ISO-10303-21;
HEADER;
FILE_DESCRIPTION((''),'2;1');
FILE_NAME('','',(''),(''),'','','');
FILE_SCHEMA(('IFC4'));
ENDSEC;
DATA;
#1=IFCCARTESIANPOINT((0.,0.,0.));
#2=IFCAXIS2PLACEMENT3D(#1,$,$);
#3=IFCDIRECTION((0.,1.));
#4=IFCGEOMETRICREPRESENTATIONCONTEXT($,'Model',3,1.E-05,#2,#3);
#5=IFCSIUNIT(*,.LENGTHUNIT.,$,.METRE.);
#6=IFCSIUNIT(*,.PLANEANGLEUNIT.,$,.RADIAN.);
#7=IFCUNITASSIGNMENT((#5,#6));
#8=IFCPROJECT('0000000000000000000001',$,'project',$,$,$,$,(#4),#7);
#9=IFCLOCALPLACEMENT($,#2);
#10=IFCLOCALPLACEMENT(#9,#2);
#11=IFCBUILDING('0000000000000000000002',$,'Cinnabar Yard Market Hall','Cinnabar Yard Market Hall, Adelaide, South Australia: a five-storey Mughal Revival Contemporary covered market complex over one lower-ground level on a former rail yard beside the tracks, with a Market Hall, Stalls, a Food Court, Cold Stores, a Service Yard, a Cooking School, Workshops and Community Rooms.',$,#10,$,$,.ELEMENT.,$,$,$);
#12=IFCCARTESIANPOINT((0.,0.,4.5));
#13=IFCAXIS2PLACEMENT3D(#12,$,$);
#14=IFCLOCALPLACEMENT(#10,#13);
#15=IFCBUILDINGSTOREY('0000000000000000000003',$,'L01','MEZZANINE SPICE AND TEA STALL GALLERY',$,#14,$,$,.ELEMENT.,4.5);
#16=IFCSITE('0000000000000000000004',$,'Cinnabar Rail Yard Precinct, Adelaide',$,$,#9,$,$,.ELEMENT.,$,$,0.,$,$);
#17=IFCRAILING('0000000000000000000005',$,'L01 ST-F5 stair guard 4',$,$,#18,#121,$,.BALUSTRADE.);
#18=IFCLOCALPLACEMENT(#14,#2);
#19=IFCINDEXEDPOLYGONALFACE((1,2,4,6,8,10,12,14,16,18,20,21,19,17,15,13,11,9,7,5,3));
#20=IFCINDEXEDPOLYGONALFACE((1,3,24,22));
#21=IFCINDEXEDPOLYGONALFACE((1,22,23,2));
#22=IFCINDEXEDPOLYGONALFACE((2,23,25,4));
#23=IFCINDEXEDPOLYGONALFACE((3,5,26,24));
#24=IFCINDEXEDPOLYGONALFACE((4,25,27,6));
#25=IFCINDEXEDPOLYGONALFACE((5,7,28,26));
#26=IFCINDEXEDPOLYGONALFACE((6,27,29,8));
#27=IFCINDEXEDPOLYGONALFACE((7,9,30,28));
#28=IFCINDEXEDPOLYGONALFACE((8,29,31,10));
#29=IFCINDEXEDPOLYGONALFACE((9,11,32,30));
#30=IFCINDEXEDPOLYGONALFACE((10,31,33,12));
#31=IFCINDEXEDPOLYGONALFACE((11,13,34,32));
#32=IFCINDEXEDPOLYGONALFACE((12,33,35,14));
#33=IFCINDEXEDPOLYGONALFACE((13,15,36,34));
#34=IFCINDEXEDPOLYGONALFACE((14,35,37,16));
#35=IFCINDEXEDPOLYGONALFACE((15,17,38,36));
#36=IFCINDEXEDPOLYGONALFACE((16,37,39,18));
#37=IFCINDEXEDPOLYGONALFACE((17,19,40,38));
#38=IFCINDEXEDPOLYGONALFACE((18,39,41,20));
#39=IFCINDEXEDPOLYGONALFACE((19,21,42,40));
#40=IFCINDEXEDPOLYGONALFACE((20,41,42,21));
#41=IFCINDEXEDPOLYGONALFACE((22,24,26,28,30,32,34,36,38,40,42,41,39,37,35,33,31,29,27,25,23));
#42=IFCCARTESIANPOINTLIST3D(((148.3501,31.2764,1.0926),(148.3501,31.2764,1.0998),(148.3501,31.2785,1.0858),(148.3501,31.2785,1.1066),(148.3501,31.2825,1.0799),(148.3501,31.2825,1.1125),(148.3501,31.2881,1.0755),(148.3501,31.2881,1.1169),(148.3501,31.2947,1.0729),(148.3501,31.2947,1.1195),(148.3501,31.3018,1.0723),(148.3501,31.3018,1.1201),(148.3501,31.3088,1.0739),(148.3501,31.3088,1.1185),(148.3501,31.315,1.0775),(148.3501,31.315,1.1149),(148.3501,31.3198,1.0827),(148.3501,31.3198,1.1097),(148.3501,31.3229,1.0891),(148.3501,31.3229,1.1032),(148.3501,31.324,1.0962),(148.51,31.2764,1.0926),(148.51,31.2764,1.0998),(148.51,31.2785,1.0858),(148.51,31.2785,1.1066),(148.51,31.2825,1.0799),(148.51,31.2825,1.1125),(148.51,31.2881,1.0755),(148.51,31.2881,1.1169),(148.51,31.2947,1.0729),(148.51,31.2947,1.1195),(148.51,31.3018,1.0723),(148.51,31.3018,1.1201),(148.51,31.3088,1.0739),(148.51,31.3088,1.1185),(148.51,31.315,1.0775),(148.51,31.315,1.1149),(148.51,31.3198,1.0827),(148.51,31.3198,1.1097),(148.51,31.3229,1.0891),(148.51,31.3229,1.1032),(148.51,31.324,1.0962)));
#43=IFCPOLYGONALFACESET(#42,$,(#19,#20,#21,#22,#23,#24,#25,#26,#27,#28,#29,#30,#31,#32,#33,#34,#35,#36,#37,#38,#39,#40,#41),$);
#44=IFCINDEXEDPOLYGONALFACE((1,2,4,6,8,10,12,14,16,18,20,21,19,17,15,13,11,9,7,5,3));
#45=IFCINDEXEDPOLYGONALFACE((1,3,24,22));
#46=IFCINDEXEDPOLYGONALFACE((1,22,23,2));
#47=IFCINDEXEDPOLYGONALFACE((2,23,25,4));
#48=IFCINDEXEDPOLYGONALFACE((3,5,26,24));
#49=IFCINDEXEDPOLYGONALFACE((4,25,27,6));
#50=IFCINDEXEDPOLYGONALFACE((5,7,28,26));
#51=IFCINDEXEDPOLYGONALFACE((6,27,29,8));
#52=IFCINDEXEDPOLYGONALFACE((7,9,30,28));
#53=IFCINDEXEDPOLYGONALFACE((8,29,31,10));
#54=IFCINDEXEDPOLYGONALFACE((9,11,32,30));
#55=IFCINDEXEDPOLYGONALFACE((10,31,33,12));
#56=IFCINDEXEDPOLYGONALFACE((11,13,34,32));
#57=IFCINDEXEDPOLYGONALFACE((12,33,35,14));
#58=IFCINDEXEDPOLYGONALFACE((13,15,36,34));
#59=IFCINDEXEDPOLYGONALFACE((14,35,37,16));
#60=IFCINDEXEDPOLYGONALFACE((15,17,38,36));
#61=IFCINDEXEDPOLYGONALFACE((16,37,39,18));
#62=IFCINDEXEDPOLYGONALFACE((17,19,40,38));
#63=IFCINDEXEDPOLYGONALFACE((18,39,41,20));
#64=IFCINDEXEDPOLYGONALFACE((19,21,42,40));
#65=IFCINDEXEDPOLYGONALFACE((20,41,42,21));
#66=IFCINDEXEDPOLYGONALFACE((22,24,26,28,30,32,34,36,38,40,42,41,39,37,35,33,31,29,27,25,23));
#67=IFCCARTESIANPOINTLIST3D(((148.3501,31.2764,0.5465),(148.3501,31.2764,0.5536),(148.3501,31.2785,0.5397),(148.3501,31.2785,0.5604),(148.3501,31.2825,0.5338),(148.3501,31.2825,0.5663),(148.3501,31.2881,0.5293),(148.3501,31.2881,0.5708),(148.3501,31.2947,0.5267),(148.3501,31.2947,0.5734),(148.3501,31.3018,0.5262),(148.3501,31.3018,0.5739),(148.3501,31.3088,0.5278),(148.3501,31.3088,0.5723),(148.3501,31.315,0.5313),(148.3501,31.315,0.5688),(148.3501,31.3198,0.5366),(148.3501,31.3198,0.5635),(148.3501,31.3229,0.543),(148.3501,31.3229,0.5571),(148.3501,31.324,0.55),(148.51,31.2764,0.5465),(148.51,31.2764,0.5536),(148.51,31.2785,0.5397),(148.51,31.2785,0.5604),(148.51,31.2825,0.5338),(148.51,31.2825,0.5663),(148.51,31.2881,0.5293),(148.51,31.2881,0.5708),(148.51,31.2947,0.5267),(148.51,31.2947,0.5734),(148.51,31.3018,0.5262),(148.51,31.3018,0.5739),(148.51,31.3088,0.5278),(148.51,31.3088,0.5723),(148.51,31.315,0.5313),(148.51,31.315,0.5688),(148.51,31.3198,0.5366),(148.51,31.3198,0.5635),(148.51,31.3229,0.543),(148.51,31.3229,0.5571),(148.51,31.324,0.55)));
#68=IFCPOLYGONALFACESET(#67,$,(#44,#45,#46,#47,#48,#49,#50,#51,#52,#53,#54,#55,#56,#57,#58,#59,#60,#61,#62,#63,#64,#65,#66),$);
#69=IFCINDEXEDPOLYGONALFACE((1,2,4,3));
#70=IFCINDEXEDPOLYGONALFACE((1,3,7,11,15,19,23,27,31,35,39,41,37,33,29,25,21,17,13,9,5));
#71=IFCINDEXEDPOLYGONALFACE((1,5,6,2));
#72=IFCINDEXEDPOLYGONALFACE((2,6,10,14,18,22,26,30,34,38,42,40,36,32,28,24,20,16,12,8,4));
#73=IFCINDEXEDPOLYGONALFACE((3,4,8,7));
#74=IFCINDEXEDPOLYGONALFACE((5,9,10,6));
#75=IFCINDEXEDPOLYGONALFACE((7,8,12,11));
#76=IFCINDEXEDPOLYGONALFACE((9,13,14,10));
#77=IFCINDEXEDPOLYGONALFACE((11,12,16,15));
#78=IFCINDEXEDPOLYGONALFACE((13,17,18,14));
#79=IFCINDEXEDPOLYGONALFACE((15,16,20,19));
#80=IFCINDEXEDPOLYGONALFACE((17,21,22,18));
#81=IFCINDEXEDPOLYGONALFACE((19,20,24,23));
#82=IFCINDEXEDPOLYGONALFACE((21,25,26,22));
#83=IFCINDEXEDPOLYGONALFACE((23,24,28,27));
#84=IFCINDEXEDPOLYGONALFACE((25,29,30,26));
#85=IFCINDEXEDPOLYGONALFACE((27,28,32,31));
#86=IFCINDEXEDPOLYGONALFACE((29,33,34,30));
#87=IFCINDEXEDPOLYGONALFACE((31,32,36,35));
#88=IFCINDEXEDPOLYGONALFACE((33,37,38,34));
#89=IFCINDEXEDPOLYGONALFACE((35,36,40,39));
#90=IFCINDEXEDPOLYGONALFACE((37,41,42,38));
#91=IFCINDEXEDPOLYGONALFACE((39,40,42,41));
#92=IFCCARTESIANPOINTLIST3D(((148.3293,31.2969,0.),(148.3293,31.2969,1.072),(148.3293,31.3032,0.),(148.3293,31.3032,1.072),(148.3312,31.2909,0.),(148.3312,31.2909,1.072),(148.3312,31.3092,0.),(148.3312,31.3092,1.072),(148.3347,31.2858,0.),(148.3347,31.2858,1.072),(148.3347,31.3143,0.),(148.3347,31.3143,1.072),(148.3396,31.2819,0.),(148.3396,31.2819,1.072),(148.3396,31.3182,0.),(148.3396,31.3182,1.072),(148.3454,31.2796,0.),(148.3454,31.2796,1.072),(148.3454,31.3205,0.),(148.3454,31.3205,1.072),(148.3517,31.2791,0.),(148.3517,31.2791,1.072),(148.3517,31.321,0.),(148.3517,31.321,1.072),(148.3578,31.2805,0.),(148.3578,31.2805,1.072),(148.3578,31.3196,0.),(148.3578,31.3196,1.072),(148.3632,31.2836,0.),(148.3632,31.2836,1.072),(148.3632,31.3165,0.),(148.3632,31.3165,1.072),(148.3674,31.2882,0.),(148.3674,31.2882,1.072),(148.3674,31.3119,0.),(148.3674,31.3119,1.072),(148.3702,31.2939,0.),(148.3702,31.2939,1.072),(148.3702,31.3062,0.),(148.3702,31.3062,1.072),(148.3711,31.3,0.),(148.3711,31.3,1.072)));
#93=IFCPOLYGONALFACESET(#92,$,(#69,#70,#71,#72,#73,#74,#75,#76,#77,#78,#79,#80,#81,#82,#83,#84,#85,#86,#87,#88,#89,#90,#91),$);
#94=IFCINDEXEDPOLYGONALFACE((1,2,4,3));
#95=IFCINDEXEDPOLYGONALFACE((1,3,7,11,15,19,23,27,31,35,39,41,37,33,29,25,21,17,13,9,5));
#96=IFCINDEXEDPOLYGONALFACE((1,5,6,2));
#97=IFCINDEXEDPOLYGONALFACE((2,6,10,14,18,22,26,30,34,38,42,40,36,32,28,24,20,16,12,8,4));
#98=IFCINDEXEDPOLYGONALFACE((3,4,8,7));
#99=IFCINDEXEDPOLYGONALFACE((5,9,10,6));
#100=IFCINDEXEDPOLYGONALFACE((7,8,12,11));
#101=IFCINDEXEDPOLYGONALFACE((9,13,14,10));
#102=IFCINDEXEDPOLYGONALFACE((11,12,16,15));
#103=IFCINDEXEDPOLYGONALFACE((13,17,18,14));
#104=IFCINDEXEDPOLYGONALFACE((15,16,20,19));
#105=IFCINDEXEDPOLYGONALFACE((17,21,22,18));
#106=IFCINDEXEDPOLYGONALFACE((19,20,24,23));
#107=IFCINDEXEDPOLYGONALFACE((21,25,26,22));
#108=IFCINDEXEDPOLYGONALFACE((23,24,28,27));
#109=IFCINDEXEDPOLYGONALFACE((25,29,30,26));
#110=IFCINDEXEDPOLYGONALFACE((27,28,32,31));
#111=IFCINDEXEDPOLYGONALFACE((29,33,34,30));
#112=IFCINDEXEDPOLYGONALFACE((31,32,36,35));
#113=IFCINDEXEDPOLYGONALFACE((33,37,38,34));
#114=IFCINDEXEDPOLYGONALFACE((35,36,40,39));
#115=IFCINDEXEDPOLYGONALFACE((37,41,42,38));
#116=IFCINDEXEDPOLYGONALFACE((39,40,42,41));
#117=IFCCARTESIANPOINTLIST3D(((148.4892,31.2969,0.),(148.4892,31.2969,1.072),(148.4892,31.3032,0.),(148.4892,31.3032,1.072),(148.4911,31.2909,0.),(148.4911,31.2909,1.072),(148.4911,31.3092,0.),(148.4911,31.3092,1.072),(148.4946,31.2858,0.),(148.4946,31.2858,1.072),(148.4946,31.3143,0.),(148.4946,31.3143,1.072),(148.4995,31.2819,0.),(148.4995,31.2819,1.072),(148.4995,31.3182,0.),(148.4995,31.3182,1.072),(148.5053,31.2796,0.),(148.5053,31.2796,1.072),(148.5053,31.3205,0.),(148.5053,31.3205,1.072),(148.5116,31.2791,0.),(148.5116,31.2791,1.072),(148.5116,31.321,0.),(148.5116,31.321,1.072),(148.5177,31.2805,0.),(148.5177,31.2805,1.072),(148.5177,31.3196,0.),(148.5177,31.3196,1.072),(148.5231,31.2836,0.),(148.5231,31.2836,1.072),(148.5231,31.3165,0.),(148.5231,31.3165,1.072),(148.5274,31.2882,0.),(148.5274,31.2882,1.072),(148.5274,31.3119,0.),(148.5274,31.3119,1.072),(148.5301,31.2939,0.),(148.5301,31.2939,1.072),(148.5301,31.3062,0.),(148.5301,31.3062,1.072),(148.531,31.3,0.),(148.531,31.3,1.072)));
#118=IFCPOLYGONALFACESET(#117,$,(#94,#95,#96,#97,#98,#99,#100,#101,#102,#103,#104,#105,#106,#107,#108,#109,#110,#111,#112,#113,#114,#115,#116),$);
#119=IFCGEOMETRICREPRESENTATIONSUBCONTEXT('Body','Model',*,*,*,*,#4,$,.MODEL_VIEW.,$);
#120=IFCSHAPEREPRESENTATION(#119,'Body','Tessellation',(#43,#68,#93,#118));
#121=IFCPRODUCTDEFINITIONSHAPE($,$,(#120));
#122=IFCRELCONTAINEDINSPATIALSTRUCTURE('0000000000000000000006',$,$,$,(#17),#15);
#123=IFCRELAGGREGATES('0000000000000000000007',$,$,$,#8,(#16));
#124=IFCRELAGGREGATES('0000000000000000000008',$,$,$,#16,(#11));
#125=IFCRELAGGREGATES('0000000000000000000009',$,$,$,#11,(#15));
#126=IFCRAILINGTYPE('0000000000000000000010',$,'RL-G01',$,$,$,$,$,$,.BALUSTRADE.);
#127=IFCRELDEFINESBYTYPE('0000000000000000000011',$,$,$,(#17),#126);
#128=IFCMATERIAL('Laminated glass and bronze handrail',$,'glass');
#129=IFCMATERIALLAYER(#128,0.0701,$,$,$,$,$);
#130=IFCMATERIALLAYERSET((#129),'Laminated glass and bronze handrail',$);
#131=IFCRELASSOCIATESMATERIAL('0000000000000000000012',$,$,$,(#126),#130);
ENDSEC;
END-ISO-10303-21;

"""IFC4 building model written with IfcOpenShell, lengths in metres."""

from ifc_helpers import new_model, si_unit, direction, frame, origin, origin_2d_with_axis, place, context, subcontext, project, spatial, circle, extrude, material, layer, layer_set, type_object, element, save


model = new_model("IFC4")

# Units and contexts
model_context = context("Model", 3, precision=1e-05, world=origin(), true_north=direction((0.0, 1.0)))
body_context = subcontext(model_context, "Body", "Model", "MODEL_VIEW")
ifc_project = project(units=[si_unit("LENGTHUNIT", "METRE"), si_unit("PLANEANGLEUNIT", "RADIAN")], contexts=[model_context])

# Site, building, storey
site_placement = place(None, origin())
site = spatial("IfcSite", under=ifc_project, at=site_placement, Name="Cinnabar Rail Yard Precinct, Adelaide", CompositionType="ELEMENT", RefElevation=0.0)
building_placement = place(site_placement, origin())
building = spatial("IfcBuilding", under=site, at=building_placement, Name="Cinnabar Yard Market Hall", Description="Cinnabar Yard Market Hall, Adelaide, South Australia: a five-storey Mughal Revival Contemporary covered market complex over one lower-ground level on a former rail yard beside the tracks, with a Market Hall, Stalls, a Food Court, Cold Stores, a Service Yard, a Cooking School, Workshops and Community Rooms.", CompositionType="ELEMENT")
storey_placement = place(building_placement, frame((0.0, 0.0, 4.5)))
storey = spatial("IfcBuildingStorey", under=building, at=storey_placement, Name="L01", Description="MEZZANINE SPICE AND TEA STALL GALLERY", CompositionType="ELEMENT", Elevation=4.5)

# Railing
ifc_material_1 = material(Name="Laminated glass and bronze handrail", Category="glass")
ifc_layer_1 = layer(ifc_material_1, 0.0701)
ifc_layer_set_1 = layer_set([ifc_layer_1], Name="Laminated glass and bronze handrail")
railing_type_1 = type_object("IfcRailingType", Name="RL-G01", PredefinedType="BALUSTRADE", material=ifc_layer_set_1)
railing_1_placement = place(storey_placement, frame((148.3501, 31.3, 0.0)))
element("IfcRailing", 1, at=railing_1_placement, inside=storey, type_object=railing_type_1, Name="L01 ST-F5 stair guard 4", PredefinedType="BALUSTRADE", context=body_context, shape_type="SweptSolid", body=[
    extrude(circle(Radius=0.0239, at=origin_2d_with_axis()), frame((0.0, 0.0, 1.0962), z_axis=(1.0, 0.0, 0.0), x_axis=(0.0, 1.0, 0.0)), (0.0, 0.0, 1.0), 0.1599),
    extrude(circle(Radius=0.0239, at=origin_2d_with_axis()), frame((0.0, 0.0, 0.55), z_axis=(1.0, 0.0, 0.0), x_axis=(0.0, 1.0, 0.0)), (0.0, 0.0, 1.0), 0.1599),
    extrude(circle(Radius=0.021, at=origin_2d_with_axis()), origin(), (0.0, 0.0, 1.0), 1.072),
    extrude(circle(Radius=0.021, at=origin_2d_with_axis()), frame((0.1599, 0.0, 0.0)), (0.0, 0.0, 1.0), 1.072),
])

save(model, "model.ifc")
